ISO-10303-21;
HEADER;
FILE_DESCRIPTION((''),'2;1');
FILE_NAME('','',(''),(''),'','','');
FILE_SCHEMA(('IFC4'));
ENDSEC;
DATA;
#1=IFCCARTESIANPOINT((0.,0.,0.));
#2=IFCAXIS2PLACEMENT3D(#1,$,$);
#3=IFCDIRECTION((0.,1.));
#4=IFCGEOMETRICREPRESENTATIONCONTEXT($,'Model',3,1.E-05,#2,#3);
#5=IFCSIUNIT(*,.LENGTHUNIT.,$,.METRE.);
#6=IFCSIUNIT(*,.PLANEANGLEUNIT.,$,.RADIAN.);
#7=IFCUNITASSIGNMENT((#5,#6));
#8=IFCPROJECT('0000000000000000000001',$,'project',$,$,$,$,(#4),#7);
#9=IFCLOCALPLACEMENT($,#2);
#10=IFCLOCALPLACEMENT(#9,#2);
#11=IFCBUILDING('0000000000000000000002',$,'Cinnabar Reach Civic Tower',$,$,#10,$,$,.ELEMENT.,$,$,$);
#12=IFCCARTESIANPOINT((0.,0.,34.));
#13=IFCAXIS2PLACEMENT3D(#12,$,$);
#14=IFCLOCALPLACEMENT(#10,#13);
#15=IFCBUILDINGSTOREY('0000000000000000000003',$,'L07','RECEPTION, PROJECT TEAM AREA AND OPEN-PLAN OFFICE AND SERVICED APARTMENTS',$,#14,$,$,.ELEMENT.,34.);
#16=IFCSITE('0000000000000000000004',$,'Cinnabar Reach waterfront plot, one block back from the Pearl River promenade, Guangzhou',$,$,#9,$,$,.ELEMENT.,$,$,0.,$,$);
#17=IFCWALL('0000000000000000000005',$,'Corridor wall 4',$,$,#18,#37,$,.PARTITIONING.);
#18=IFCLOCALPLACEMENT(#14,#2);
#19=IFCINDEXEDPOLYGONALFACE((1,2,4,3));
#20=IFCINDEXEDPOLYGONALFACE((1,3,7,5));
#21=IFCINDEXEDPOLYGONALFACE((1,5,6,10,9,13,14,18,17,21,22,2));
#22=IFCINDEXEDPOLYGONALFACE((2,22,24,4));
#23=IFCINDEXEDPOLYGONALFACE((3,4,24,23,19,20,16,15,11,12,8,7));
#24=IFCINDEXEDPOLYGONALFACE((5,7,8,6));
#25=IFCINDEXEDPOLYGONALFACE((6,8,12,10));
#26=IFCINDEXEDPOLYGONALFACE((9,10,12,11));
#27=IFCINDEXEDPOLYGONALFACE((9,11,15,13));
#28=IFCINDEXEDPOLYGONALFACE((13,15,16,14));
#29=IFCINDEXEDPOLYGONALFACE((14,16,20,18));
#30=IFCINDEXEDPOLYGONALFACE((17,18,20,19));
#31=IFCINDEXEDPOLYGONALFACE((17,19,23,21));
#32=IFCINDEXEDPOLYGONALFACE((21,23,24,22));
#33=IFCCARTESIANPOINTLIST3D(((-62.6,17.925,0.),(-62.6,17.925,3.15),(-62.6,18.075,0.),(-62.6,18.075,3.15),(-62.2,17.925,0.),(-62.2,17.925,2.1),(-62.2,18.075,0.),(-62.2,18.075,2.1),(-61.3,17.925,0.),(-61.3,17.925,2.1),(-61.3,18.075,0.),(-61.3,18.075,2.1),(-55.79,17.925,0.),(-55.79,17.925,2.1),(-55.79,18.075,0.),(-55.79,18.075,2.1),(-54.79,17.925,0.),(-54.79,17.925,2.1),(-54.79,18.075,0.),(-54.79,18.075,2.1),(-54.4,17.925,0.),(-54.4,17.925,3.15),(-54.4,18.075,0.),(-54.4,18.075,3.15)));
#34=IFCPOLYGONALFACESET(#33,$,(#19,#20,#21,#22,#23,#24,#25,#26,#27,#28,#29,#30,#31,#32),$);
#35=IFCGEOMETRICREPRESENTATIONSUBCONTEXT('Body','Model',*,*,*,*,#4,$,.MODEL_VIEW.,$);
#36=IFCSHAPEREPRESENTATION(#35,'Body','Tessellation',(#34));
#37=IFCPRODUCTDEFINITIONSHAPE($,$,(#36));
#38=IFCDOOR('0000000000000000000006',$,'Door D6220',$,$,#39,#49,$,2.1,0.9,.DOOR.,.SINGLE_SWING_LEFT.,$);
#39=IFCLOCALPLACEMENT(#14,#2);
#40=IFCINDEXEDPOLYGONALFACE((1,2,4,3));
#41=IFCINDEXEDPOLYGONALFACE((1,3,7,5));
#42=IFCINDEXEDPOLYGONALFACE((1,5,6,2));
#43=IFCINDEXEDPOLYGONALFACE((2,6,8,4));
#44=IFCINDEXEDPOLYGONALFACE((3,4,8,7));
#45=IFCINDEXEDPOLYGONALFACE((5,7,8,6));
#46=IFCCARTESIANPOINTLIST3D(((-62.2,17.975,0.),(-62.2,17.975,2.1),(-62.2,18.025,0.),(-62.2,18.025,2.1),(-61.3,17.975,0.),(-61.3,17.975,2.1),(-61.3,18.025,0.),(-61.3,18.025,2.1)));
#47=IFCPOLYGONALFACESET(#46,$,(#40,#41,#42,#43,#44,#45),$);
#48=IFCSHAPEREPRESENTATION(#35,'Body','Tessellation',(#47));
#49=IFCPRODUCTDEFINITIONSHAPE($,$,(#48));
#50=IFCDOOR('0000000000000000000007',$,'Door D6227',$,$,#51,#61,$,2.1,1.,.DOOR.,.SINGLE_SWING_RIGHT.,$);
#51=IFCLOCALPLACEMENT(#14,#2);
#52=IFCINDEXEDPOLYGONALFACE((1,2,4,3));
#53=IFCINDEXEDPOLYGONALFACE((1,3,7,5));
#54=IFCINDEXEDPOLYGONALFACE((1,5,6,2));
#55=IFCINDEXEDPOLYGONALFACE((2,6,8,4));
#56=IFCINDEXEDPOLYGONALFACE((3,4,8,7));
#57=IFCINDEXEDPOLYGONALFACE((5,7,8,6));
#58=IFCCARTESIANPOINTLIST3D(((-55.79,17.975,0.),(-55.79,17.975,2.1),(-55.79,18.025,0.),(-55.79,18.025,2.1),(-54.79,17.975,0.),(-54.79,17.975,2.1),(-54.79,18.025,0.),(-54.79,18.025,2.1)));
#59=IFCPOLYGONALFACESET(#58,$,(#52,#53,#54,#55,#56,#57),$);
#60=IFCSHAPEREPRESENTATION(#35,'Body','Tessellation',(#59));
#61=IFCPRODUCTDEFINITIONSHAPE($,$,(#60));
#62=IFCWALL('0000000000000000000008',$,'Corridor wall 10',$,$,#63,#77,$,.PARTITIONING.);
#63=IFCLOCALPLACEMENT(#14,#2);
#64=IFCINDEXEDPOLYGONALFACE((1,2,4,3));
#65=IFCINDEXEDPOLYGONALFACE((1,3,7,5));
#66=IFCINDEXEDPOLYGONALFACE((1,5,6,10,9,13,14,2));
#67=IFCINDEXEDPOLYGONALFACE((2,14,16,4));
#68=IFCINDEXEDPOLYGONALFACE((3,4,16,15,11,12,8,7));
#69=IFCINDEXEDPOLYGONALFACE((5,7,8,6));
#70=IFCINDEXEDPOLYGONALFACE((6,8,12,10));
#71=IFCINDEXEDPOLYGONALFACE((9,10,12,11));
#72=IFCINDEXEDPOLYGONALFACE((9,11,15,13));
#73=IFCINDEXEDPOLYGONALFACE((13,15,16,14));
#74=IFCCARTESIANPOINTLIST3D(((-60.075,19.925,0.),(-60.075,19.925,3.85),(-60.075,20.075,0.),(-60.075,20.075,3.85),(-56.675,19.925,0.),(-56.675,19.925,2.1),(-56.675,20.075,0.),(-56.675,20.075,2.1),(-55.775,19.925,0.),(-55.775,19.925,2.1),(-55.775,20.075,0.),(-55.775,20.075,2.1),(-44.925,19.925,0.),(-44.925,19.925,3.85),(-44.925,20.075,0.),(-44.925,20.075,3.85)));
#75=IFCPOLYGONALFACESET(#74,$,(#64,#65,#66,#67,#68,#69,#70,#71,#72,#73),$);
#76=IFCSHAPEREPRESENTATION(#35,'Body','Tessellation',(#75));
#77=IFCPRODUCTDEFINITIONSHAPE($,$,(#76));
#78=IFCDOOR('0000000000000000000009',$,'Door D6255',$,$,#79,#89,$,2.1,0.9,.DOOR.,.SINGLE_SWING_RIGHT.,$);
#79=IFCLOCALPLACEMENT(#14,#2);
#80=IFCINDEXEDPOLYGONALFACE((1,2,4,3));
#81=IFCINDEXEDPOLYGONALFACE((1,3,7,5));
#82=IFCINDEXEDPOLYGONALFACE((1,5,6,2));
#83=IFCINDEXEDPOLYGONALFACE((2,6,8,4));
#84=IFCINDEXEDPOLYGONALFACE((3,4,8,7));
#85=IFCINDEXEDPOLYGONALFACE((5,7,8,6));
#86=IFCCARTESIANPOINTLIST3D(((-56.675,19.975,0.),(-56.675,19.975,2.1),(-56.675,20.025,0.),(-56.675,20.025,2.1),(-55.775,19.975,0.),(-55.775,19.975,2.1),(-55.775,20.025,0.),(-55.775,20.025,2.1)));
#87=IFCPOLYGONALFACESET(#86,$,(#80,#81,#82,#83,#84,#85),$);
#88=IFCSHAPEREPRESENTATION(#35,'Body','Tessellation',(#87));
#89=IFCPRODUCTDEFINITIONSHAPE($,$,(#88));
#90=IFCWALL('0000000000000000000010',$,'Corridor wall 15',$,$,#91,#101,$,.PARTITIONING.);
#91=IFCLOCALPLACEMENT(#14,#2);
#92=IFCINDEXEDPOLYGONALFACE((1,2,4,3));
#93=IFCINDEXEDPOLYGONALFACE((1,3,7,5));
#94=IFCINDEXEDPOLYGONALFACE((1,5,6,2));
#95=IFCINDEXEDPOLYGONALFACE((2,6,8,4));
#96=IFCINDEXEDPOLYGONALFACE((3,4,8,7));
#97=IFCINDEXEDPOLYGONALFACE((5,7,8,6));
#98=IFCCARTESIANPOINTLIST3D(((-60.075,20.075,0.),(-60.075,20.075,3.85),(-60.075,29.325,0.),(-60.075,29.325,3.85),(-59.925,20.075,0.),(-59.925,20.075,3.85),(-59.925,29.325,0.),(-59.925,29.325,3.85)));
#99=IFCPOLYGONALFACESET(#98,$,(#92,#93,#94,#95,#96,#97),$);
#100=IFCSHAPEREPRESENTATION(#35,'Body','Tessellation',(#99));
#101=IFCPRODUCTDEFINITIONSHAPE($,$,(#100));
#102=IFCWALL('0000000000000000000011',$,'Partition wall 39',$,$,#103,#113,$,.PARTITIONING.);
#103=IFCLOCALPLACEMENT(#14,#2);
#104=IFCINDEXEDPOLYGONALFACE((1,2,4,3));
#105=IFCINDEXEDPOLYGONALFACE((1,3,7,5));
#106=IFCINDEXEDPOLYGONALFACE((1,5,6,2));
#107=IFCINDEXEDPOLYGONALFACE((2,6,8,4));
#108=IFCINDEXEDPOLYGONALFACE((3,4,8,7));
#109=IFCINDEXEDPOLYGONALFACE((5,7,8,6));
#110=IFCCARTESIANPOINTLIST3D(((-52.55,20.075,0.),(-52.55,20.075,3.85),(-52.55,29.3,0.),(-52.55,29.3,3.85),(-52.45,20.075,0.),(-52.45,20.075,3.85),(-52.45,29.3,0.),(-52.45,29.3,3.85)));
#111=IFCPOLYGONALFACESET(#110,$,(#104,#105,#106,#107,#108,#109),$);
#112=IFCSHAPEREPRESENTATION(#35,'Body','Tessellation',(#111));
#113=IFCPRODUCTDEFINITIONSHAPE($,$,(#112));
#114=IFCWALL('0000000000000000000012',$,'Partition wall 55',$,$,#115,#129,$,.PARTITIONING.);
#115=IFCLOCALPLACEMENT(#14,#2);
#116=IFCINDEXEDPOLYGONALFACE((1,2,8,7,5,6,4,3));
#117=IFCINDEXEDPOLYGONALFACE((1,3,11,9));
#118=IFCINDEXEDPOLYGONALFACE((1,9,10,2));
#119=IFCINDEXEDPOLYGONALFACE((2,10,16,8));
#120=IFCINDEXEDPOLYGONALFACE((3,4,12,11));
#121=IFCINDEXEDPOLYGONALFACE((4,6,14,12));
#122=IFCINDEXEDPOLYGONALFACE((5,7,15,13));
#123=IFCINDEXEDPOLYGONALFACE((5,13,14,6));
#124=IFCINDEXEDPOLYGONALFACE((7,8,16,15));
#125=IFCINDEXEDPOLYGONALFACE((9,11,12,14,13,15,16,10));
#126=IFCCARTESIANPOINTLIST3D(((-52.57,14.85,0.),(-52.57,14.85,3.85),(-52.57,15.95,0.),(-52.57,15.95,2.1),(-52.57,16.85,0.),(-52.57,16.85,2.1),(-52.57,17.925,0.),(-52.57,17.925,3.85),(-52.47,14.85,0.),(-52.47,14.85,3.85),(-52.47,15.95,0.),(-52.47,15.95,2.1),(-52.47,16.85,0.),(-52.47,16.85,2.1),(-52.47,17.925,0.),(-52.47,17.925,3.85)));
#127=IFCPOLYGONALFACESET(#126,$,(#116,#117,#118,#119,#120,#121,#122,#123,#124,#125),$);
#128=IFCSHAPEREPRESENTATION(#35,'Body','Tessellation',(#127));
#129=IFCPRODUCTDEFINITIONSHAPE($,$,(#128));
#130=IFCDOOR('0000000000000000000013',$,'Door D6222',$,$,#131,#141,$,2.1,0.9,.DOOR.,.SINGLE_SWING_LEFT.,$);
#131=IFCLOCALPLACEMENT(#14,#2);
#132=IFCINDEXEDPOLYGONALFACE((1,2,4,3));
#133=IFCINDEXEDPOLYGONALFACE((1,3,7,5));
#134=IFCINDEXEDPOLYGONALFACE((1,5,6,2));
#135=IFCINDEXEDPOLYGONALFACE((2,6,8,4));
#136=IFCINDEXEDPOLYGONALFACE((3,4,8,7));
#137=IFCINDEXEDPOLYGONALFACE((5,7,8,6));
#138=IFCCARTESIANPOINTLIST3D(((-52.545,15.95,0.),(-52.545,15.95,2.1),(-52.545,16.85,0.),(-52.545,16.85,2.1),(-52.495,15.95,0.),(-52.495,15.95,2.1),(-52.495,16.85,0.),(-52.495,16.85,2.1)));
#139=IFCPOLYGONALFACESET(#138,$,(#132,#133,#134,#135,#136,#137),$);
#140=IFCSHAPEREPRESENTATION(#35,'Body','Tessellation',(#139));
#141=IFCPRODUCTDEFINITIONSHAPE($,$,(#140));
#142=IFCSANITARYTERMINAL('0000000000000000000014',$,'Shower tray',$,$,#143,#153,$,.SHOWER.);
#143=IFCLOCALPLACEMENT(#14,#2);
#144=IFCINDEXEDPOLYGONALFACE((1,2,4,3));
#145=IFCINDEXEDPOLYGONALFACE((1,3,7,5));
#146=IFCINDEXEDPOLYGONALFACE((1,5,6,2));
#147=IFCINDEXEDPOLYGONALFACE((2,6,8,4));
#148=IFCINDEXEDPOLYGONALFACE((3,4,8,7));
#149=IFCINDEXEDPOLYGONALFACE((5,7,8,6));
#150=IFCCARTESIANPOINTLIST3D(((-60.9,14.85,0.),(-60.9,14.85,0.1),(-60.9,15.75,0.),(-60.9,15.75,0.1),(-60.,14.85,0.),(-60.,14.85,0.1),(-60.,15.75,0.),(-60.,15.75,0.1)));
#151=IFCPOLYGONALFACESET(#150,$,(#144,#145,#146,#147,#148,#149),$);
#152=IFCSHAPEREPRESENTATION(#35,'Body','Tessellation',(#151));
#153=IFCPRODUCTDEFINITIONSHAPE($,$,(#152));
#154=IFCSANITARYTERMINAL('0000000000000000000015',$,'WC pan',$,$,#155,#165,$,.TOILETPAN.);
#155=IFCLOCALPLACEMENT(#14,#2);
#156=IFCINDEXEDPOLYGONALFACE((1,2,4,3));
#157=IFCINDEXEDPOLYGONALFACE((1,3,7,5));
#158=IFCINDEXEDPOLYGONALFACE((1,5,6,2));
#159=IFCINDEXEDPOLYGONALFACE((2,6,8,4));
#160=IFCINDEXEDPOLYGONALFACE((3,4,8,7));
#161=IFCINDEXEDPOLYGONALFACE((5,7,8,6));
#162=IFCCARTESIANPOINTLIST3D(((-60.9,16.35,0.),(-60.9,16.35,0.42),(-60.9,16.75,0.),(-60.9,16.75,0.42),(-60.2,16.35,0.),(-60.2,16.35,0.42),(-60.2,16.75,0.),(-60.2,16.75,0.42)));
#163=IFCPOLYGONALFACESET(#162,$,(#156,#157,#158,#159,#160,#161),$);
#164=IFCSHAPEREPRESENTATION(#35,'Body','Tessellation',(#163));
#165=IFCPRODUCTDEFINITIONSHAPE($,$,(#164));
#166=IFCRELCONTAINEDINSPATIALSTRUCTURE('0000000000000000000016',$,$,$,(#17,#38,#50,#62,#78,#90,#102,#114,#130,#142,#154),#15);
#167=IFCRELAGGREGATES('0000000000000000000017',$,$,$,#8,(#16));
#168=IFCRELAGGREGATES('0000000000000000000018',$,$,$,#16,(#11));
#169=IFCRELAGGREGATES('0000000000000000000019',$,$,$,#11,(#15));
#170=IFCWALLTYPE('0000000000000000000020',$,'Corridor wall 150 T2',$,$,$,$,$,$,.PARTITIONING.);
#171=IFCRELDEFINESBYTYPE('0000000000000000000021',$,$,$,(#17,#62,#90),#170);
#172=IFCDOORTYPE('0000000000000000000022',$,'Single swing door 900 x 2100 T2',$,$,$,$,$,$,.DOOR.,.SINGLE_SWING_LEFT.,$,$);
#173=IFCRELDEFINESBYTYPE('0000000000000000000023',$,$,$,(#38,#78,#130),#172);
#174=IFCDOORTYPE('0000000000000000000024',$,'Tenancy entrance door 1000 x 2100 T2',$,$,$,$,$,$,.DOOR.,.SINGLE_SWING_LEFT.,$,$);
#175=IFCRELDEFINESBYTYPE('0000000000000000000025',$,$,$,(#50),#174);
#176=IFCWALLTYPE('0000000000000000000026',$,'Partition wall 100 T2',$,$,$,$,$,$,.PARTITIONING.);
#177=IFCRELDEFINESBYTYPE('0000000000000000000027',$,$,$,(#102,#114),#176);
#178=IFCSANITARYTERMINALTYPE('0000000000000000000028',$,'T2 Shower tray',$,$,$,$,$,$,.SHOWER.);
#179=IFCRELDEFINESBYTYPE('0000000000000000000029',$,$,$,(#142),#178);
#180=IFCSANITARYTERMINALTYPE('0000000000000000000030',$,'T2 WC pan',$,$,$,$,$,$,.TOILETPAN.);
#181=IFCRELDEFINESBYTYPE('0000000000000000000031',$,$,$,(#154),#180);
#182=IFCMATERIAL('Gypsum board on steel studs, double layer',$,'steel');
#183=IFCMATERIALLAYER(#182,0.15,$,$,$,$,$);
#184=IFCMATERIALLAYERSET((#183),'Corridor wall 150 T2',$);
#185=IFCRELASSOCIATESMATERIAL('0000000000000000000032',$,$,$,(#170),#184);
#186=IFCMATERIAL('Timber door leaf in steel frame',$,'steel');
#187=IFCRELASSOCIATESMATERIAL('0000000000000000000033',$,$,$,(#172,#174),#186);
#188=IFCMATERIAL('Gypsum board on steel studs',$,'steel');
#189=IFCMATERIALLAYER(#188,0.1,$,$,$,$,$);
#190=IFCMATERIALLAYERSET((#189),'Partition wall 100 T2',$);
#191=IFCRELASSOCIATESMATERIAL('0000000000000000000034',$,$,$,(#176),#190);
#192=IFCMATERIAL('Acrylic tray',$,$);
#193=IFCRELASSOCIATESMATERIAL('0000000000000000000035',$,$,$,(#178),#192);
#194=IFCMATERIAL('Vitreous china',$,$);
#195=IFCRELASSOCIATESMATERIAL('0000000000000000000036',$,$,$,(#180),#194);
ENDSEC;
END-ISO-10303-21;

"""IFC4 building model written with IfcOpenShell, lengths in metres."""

from ifc_helpers import new_model, si_unit, direction, frame, frame_2d, origin, origin_2d, place, context, subcontext, project, spatial, rectangle, extrude, material, layer, layer_set, type_object, element, fill, save


model = new_model("IFC4")

# Units and contexts
model_context = context("Model", 3, precision=1e-05, world=origin(), true_north=direction((0.0, 1.0)))
body_context = subcontext(model_context, "Body", "Model", "MODEL_VIEW")
ifc_project = project(units=[si_unit("LENGTHUNIT", "METRE"), si_unit("PLANEANGLEUNIT", "RADIAN")], contexts=[model_context])

# Site, building, storey
site_placement = place(None, origin())
site = spatial("IfcSite", under=ifc_project, at=site_placement, Name="Cinnabar Reach waterfront plot, one block back from the Pearl River promenade, Guangzhou", CompositionType="ELEMENT", RefElevation=0.0)
building_placement = place(site_placement, origin())
building = spatial("IfcBuilding", under=site, at=building_placement, Name="Cinnabar Reach Civic Tower", CompositionType="ELEMENT")
storey_placement = place(building_placement, frame((0.0, 0.0, 34.0)))
storey = spatial("IfcBuildingStorey", under=building, at=storey_placement, Name="L07", Description="RECEPTION, PROJECT TEAM AREA AND OPEN-PLAN OFFICE AND SERVICED APARTMENTS", CompositionType="ELEMENT", Elevation=34.0)

# Shared definitions
ifc_material_1 = material(Name="Gypsum board on steel studs, double layer", Category="steel")
ifc_layer_1 = layer(ifc_material_1, 0.15)
ifc_layer_set_1 = layer_set([ifc_layer_1], Name="Corridor wall 150 T2")
wall_type_1 = type_object("IfcWallType", Name="Corridor wall 150 T2", PredefinedType="PARTITIONING", material=ifc_layer_set_1)

# Wall, openings, doors
wall_1_placement = place(storey_placement, frame((-62.6, 18.0, 0.0), z_axis=(0.0, 0.0, 1.0), x_axis=(1.0, 0.0, 0.0)))
wall_1 = element("IfcWall", 1, at=wall_1_placement, inside=storey, type_object=wall_type_1, Name="Corridor wall 4", PredefinedType="PARTITIONING", context=body_context, shape_type="SweptSolid", body=[
    extrude(rectangle(XDim=8.2, YDim=0.15, at=frame_2d((4.1, 0.0))), origin(), (0.0, 0.0, 1.0), 3.15),
])
opening_1_placement = place(wall_1_placement, frame((0.4, 0.0, 0.0)))
opening_1 = element("IfcOpeningElement", 2, at=opening_1_placement, cuts=wall_1, PredefinedType="OPENING", context=body_context, shape_type="SweptSolid", body=[
    extrude(rectangle(XDim=0.9, YDim=2.1, at=frame_2d((0.45, 1.05))), frame((0.0, 0.085, 0.0), z_axis=(0.0, -1.0, 0.0), x_axis=(1.0, 0.0, 0.0)), (0.0, 0.0, 1.0), 0.17),
])
opening_2_placement = place(wall_1_placement, frame((6.81, 0.0, 0.0)))
opening_2 = element("IfcOpeningElement", 3, at=opening_2_placement, cuts=wall_1, PredefinedType="OPENING", context=body_context, shape_type="SweptSolid", body=[
    extrude(rectangle(XDim=1.0, YDim=2.1, at=frame_2d((0.5, 1.05))), frame((0.0, 0.085, 0.0), z_axis=(0.0, -1.0, 0.0), x_axis=(1.0, 0.0, 0.0)), (0.0, 0.0, 1.0), 0.17),
])
ifc_material_2 = material(Name="Timber door leaf in steel frame", Category="steel")
door_type_1 = type_object("IfcDoorType", Name="Single swing door 900 x 2100 T2", OperationType="SINGLE_SWING_LEFT", PredefinedType="DOOR", material=ifc_material_2)
door_1_placement = place(opening_1_placement, frame((0.9, 0.0, 0.0), z_axis=(0.0, 0.0, 1.0), x_axis=(-1.0, 0.0, 0.0)))
door_1 = element("IfcDoor", 4, at=door_1_placement, inside=storey, type_object=door_type_1, Name="Door D6220", OperationType="SINGLE_SWING_LEFT", OverallHeight=2.1, OverallWidth=0.9, PredefinedType="DOOR", context=body_context, shape_type="SweptSolid", body=[
    extrude(rectangle(XDim=0.9, YDim=2.1, at=frame_2d((0.45, 1.05))), frame((0.0, 0.025, 0.0), z_axis=(0.0, -1.0, 0.0), x_axis=(1.0, 0.0, 0.0)), (0.0, 0.0, 1.0), 0.05),
])
fill(opening_1, door_1)
door_type_2 = type_object("IfcDoorType", Name="Tenancy entrance door 1000 x 2100 T2", OperationType="SINGLE_SWING_LEFT", PredefinedType="DOOR", material=ifc_material_2)
door_2_placement = place(opening_2_placement, frame((1.0, 0.0, 0.0), z_axis=(0.0, 0.0, 1.0), x_axis=(-1.0, 0.0, 0.0)))
door_2 = element("IfcDoor", 5, at=door_2_placement, inside=storey, type_object=door_type_2, Name="Door D6227", OperationType="SINGLE_SWING_RIGHT", OverallHeight=2.1, OverallWidth=1.0, PredefinedType="DOOR", context=body_context, shape_type="SweptSolid", body=[
    extrude(rectangle(XDim=1.0, YDim=2.1, at=frame_2d((0.5, 1.05))), frame((0.0, 0.025, 0.0), z_axis=(0.0, -1.0, 0.0), x_axis=(1.0, 0.0, 0.0)), (0.0, 0.0, 1.0), 0.05),
])
fill(opening_2, door_2)

# Wall, opening, door
wall_2_placement = place(storey_placement, frame((-60.075, 20.0, 0.0), z_axis=(0.0, 0.0, 1.0), x_axis=(1.0, 0.0, 0.0)))
wall_2 = element("IfcWall", 6, at=wall_2_placement, inside=storey, type_object=wall_type_1, Name="Corridor wall 10", PredefinedType="PARTITIONING", context=body_context, shape_type="SweptSolid", body=[
    extrude(rectangle(XDim=15.15, YDim=0.15, at=frame_2d((7.575, 0.0))), origin(), (0.0, 0.0, 1.0), 3.85),
])
opening_3_placement = place(wall_2_placement, frame((3.4, 0.0, 0.0)))
opening_3 = element("IfcOpeningElement", 7, at=opening_3_placement, cuts=wall_2, PredefinedType="OPENING", context=body_context, shape_type="SweptSolid", body=[
    extrude(rectangle(XDim=0.9, YDim=2.1, at=frame_2d((0.45, 1.05))), frame((0.0, 0.085, 0.0), z_axis=(0.0, -1.0, 0.0), x_axis=(1.0, 0.0, 0.0)), (0.0, 0.0, 1.0), 0.17),
])
door_3_placement = place(opening_3_placement, origin())
door_3 = element("IfcDoor", 8, at=door_3_placement, inside=storey, type_object=door_type_1, Name="Door D6255", OperationType="SINGLE_SWING_RIGHT", OverallHeight=2.1, OverallWidth=0.9, PredefinedType="DOOR", context=body_context, shape_type="SweptSolid", body=[
    extrude(rectangle(XDim=0.9, YDim=2.1, at=frame_2d((0.45, 1.05))), frame((0.0, 0.025, 0.0), z_axis=(0.0, -1.0, 0.0), x_axis=(1.0, 0.0, 0.0)), (0.0, 0.0, 1.0), 0.05),
])
fill(opening_3, door_3)

# Walls
wall_3_placement = place(storey_placement, frame((-60.0, 20.075, 0.0), z_axis=(0.0, 0.0, 1.0), x_axis=(0.0, 1.0, 0.0)))
element("IfcWall", 9, at=wall_3_placement, inside=storey, type_object=wall_type_1, Name="Corridor wall 15", PredefinedType="PARTITIONING", context=body_context, shape_type="SweptSolid", body=[
    extrude(rectangle(XDim=9.25, YDim=0.15, at=frame_2d((4.625, 0.0))), origin(), (0.0, 0.0, 1.0), 3.85),
])
ifc_material_3 = material(Name="Gypsum board on steel studs", Category="steel")
ifc_layer_2 = layer(ifc_material_3, 0.1)
ifc_layer_set_2 = layer_set([ifc_layer_2], Name="Partition wall 100 T2")
wall_type_2 = type_object("IfcWallType", Name="Partition wall 100 T2", PredefinedType="PARTITIONING", material=ifc_layer_set_2)
wall_4_placement = place(storey_placement, frame((-52.5, 20.075, 0.0), z_axis=(0.0, 0.0, 1.0), x_axis=(0.0, 1.0, 0.0)))
element("IfcWall", 10, at=wall_4_placement, inside=storey, type_object=wall_type_2, Name="Partition wall 39", PredefinedType="PARTITIONING", context=body_context, shape_type="SweptSolid", body=[
    extrude(rectangle(XDim=9.225, YDim=0.1, at=frame_2d((4.6125, 0.0))), origin(), (0.0, 0.0, 1.0), 3.85),
])

# Wall, opening, door
wall_5_placement = place(storey_placement, frame((-52.52, 14.85, 0.0), z_axis=(0.0, 0.0, 1.0), x_axis=(0.0, 1.0, 0.0)))
wall_5 = element("IfcWall", 11, at=wall_5_placement, inside=storey, type_object=wall_type_2, Name="Partition wall 55", PredefinedType="PARTITIONING", context=body_context, shape_type="SweptSolid", body=[
    extrude(rectangle(XDim=3.075, YDim=0.1, at=frame_2d((1.5375, 0.0))), origin(), (0.0, 0.0, 1.0), 3.85),
])
opening_4_placement = place(wall_5_placement, frame((1.1, 0.0, 0.0)))
opening_4 = element("IfcOpeningElement", 12, at=opening_4_placement, cuts=wall_5, PredefinedType="OPENING", context=body_context, shape_type="SweptSolid", body=[
    extrude(rectangle(XDim=0.9, YDim=2.1, at=frame_2d((0.45, 1.05))), frame((0.0, 0.06, 0.0), z_axis=(0.0, -1.0, 0.0), x_axis=(1.0, 0.0, 0.0)), (0.0, 0.0, 1.0), 0.12),
])
door_4_placement = place(opening_4_placement, origin())
door_4 = element("IfcDoor", 13, at=door_4_placement, inside=storey, type_object=door_type_1, Name="Door D6222", OperationType="SINGLE_SWING_LEFT", OverallHeight=2.1, OverallWidth=0.9, PredefinedType="DOOR", context=body_context, shape_type="SweptSolid", body=[
    extrude(rectangle(XDim=0.9, YDim=2.1, at=frame_2d((0.45, 1.05))), frame((0.0, 0.025, 0.0), z_axis=(0.0, -1.0, 0.0), x_axis=(1.0, 0.0, 0.0)), (0.0, 0.0, 1.0), 0.05),
])
fill(opening_4, door_4)

# Sanitary terminals
ifc_material_4 = material(Name="Acrylic tray")
sanitary_terminal_type_1 = type_object("IfcSanitaryTerminalType", Name="T2 Shower tray", PredefinedType="SHOWER", material=ifc_material_4)
sanitary_terminal_1_placement = place(storey_placement, frame((-60.45, 15.3, 0.0), z_axis=(0.0, 0.0, 1.0), x_axis=(1.0, 0.0, 0.0)))
element("IfcSanitaryTerminal", 14, at=sanitary_terminal_1_placement, inside=storey, type_object=sanitary_terminal_type_1, Name="Shower tray", PredefinedType="SHOWER", context=body_context, shape_type="SweptSolid", body=[
    extrude(rectangle(XDim=0.9, YDim=0.9, at=origin_2d()), origin(), (0.0, 0.0, 1.0), 0.1),
])
ifc_material_5 = material(Name="Vitreous china")
sanitary_terminal_type_2 = type_object("IfcSanitaryTerminalType", Name="T2 WC pan", PredefinedType="TOILETPAN", material=ifc_material_5)
sanitary_terminal_2_placement = place(storey_placement, frame((-60.55, 16.55, 0.0), z_axis=(0.0, 0.0, 1.0), x_axis=(1.0, 0.0, 0.0)))
element("IfcSanitaryTerminal", 15, at=sanitary_terminal_2_placement, inside=storey, type_object=sanitary_terminal_type_2, Name="WC pan", PredefinedType="TOILETPAN", context=body_context, shape_type="SweptSolid", body=[
    extrude(rectangle(XDim=0.7, YDim=0.4, at=origin_2d()), origin(), (0.0, 0.0, 1.0), 0.42),
])

save(model, "model.ifc")
